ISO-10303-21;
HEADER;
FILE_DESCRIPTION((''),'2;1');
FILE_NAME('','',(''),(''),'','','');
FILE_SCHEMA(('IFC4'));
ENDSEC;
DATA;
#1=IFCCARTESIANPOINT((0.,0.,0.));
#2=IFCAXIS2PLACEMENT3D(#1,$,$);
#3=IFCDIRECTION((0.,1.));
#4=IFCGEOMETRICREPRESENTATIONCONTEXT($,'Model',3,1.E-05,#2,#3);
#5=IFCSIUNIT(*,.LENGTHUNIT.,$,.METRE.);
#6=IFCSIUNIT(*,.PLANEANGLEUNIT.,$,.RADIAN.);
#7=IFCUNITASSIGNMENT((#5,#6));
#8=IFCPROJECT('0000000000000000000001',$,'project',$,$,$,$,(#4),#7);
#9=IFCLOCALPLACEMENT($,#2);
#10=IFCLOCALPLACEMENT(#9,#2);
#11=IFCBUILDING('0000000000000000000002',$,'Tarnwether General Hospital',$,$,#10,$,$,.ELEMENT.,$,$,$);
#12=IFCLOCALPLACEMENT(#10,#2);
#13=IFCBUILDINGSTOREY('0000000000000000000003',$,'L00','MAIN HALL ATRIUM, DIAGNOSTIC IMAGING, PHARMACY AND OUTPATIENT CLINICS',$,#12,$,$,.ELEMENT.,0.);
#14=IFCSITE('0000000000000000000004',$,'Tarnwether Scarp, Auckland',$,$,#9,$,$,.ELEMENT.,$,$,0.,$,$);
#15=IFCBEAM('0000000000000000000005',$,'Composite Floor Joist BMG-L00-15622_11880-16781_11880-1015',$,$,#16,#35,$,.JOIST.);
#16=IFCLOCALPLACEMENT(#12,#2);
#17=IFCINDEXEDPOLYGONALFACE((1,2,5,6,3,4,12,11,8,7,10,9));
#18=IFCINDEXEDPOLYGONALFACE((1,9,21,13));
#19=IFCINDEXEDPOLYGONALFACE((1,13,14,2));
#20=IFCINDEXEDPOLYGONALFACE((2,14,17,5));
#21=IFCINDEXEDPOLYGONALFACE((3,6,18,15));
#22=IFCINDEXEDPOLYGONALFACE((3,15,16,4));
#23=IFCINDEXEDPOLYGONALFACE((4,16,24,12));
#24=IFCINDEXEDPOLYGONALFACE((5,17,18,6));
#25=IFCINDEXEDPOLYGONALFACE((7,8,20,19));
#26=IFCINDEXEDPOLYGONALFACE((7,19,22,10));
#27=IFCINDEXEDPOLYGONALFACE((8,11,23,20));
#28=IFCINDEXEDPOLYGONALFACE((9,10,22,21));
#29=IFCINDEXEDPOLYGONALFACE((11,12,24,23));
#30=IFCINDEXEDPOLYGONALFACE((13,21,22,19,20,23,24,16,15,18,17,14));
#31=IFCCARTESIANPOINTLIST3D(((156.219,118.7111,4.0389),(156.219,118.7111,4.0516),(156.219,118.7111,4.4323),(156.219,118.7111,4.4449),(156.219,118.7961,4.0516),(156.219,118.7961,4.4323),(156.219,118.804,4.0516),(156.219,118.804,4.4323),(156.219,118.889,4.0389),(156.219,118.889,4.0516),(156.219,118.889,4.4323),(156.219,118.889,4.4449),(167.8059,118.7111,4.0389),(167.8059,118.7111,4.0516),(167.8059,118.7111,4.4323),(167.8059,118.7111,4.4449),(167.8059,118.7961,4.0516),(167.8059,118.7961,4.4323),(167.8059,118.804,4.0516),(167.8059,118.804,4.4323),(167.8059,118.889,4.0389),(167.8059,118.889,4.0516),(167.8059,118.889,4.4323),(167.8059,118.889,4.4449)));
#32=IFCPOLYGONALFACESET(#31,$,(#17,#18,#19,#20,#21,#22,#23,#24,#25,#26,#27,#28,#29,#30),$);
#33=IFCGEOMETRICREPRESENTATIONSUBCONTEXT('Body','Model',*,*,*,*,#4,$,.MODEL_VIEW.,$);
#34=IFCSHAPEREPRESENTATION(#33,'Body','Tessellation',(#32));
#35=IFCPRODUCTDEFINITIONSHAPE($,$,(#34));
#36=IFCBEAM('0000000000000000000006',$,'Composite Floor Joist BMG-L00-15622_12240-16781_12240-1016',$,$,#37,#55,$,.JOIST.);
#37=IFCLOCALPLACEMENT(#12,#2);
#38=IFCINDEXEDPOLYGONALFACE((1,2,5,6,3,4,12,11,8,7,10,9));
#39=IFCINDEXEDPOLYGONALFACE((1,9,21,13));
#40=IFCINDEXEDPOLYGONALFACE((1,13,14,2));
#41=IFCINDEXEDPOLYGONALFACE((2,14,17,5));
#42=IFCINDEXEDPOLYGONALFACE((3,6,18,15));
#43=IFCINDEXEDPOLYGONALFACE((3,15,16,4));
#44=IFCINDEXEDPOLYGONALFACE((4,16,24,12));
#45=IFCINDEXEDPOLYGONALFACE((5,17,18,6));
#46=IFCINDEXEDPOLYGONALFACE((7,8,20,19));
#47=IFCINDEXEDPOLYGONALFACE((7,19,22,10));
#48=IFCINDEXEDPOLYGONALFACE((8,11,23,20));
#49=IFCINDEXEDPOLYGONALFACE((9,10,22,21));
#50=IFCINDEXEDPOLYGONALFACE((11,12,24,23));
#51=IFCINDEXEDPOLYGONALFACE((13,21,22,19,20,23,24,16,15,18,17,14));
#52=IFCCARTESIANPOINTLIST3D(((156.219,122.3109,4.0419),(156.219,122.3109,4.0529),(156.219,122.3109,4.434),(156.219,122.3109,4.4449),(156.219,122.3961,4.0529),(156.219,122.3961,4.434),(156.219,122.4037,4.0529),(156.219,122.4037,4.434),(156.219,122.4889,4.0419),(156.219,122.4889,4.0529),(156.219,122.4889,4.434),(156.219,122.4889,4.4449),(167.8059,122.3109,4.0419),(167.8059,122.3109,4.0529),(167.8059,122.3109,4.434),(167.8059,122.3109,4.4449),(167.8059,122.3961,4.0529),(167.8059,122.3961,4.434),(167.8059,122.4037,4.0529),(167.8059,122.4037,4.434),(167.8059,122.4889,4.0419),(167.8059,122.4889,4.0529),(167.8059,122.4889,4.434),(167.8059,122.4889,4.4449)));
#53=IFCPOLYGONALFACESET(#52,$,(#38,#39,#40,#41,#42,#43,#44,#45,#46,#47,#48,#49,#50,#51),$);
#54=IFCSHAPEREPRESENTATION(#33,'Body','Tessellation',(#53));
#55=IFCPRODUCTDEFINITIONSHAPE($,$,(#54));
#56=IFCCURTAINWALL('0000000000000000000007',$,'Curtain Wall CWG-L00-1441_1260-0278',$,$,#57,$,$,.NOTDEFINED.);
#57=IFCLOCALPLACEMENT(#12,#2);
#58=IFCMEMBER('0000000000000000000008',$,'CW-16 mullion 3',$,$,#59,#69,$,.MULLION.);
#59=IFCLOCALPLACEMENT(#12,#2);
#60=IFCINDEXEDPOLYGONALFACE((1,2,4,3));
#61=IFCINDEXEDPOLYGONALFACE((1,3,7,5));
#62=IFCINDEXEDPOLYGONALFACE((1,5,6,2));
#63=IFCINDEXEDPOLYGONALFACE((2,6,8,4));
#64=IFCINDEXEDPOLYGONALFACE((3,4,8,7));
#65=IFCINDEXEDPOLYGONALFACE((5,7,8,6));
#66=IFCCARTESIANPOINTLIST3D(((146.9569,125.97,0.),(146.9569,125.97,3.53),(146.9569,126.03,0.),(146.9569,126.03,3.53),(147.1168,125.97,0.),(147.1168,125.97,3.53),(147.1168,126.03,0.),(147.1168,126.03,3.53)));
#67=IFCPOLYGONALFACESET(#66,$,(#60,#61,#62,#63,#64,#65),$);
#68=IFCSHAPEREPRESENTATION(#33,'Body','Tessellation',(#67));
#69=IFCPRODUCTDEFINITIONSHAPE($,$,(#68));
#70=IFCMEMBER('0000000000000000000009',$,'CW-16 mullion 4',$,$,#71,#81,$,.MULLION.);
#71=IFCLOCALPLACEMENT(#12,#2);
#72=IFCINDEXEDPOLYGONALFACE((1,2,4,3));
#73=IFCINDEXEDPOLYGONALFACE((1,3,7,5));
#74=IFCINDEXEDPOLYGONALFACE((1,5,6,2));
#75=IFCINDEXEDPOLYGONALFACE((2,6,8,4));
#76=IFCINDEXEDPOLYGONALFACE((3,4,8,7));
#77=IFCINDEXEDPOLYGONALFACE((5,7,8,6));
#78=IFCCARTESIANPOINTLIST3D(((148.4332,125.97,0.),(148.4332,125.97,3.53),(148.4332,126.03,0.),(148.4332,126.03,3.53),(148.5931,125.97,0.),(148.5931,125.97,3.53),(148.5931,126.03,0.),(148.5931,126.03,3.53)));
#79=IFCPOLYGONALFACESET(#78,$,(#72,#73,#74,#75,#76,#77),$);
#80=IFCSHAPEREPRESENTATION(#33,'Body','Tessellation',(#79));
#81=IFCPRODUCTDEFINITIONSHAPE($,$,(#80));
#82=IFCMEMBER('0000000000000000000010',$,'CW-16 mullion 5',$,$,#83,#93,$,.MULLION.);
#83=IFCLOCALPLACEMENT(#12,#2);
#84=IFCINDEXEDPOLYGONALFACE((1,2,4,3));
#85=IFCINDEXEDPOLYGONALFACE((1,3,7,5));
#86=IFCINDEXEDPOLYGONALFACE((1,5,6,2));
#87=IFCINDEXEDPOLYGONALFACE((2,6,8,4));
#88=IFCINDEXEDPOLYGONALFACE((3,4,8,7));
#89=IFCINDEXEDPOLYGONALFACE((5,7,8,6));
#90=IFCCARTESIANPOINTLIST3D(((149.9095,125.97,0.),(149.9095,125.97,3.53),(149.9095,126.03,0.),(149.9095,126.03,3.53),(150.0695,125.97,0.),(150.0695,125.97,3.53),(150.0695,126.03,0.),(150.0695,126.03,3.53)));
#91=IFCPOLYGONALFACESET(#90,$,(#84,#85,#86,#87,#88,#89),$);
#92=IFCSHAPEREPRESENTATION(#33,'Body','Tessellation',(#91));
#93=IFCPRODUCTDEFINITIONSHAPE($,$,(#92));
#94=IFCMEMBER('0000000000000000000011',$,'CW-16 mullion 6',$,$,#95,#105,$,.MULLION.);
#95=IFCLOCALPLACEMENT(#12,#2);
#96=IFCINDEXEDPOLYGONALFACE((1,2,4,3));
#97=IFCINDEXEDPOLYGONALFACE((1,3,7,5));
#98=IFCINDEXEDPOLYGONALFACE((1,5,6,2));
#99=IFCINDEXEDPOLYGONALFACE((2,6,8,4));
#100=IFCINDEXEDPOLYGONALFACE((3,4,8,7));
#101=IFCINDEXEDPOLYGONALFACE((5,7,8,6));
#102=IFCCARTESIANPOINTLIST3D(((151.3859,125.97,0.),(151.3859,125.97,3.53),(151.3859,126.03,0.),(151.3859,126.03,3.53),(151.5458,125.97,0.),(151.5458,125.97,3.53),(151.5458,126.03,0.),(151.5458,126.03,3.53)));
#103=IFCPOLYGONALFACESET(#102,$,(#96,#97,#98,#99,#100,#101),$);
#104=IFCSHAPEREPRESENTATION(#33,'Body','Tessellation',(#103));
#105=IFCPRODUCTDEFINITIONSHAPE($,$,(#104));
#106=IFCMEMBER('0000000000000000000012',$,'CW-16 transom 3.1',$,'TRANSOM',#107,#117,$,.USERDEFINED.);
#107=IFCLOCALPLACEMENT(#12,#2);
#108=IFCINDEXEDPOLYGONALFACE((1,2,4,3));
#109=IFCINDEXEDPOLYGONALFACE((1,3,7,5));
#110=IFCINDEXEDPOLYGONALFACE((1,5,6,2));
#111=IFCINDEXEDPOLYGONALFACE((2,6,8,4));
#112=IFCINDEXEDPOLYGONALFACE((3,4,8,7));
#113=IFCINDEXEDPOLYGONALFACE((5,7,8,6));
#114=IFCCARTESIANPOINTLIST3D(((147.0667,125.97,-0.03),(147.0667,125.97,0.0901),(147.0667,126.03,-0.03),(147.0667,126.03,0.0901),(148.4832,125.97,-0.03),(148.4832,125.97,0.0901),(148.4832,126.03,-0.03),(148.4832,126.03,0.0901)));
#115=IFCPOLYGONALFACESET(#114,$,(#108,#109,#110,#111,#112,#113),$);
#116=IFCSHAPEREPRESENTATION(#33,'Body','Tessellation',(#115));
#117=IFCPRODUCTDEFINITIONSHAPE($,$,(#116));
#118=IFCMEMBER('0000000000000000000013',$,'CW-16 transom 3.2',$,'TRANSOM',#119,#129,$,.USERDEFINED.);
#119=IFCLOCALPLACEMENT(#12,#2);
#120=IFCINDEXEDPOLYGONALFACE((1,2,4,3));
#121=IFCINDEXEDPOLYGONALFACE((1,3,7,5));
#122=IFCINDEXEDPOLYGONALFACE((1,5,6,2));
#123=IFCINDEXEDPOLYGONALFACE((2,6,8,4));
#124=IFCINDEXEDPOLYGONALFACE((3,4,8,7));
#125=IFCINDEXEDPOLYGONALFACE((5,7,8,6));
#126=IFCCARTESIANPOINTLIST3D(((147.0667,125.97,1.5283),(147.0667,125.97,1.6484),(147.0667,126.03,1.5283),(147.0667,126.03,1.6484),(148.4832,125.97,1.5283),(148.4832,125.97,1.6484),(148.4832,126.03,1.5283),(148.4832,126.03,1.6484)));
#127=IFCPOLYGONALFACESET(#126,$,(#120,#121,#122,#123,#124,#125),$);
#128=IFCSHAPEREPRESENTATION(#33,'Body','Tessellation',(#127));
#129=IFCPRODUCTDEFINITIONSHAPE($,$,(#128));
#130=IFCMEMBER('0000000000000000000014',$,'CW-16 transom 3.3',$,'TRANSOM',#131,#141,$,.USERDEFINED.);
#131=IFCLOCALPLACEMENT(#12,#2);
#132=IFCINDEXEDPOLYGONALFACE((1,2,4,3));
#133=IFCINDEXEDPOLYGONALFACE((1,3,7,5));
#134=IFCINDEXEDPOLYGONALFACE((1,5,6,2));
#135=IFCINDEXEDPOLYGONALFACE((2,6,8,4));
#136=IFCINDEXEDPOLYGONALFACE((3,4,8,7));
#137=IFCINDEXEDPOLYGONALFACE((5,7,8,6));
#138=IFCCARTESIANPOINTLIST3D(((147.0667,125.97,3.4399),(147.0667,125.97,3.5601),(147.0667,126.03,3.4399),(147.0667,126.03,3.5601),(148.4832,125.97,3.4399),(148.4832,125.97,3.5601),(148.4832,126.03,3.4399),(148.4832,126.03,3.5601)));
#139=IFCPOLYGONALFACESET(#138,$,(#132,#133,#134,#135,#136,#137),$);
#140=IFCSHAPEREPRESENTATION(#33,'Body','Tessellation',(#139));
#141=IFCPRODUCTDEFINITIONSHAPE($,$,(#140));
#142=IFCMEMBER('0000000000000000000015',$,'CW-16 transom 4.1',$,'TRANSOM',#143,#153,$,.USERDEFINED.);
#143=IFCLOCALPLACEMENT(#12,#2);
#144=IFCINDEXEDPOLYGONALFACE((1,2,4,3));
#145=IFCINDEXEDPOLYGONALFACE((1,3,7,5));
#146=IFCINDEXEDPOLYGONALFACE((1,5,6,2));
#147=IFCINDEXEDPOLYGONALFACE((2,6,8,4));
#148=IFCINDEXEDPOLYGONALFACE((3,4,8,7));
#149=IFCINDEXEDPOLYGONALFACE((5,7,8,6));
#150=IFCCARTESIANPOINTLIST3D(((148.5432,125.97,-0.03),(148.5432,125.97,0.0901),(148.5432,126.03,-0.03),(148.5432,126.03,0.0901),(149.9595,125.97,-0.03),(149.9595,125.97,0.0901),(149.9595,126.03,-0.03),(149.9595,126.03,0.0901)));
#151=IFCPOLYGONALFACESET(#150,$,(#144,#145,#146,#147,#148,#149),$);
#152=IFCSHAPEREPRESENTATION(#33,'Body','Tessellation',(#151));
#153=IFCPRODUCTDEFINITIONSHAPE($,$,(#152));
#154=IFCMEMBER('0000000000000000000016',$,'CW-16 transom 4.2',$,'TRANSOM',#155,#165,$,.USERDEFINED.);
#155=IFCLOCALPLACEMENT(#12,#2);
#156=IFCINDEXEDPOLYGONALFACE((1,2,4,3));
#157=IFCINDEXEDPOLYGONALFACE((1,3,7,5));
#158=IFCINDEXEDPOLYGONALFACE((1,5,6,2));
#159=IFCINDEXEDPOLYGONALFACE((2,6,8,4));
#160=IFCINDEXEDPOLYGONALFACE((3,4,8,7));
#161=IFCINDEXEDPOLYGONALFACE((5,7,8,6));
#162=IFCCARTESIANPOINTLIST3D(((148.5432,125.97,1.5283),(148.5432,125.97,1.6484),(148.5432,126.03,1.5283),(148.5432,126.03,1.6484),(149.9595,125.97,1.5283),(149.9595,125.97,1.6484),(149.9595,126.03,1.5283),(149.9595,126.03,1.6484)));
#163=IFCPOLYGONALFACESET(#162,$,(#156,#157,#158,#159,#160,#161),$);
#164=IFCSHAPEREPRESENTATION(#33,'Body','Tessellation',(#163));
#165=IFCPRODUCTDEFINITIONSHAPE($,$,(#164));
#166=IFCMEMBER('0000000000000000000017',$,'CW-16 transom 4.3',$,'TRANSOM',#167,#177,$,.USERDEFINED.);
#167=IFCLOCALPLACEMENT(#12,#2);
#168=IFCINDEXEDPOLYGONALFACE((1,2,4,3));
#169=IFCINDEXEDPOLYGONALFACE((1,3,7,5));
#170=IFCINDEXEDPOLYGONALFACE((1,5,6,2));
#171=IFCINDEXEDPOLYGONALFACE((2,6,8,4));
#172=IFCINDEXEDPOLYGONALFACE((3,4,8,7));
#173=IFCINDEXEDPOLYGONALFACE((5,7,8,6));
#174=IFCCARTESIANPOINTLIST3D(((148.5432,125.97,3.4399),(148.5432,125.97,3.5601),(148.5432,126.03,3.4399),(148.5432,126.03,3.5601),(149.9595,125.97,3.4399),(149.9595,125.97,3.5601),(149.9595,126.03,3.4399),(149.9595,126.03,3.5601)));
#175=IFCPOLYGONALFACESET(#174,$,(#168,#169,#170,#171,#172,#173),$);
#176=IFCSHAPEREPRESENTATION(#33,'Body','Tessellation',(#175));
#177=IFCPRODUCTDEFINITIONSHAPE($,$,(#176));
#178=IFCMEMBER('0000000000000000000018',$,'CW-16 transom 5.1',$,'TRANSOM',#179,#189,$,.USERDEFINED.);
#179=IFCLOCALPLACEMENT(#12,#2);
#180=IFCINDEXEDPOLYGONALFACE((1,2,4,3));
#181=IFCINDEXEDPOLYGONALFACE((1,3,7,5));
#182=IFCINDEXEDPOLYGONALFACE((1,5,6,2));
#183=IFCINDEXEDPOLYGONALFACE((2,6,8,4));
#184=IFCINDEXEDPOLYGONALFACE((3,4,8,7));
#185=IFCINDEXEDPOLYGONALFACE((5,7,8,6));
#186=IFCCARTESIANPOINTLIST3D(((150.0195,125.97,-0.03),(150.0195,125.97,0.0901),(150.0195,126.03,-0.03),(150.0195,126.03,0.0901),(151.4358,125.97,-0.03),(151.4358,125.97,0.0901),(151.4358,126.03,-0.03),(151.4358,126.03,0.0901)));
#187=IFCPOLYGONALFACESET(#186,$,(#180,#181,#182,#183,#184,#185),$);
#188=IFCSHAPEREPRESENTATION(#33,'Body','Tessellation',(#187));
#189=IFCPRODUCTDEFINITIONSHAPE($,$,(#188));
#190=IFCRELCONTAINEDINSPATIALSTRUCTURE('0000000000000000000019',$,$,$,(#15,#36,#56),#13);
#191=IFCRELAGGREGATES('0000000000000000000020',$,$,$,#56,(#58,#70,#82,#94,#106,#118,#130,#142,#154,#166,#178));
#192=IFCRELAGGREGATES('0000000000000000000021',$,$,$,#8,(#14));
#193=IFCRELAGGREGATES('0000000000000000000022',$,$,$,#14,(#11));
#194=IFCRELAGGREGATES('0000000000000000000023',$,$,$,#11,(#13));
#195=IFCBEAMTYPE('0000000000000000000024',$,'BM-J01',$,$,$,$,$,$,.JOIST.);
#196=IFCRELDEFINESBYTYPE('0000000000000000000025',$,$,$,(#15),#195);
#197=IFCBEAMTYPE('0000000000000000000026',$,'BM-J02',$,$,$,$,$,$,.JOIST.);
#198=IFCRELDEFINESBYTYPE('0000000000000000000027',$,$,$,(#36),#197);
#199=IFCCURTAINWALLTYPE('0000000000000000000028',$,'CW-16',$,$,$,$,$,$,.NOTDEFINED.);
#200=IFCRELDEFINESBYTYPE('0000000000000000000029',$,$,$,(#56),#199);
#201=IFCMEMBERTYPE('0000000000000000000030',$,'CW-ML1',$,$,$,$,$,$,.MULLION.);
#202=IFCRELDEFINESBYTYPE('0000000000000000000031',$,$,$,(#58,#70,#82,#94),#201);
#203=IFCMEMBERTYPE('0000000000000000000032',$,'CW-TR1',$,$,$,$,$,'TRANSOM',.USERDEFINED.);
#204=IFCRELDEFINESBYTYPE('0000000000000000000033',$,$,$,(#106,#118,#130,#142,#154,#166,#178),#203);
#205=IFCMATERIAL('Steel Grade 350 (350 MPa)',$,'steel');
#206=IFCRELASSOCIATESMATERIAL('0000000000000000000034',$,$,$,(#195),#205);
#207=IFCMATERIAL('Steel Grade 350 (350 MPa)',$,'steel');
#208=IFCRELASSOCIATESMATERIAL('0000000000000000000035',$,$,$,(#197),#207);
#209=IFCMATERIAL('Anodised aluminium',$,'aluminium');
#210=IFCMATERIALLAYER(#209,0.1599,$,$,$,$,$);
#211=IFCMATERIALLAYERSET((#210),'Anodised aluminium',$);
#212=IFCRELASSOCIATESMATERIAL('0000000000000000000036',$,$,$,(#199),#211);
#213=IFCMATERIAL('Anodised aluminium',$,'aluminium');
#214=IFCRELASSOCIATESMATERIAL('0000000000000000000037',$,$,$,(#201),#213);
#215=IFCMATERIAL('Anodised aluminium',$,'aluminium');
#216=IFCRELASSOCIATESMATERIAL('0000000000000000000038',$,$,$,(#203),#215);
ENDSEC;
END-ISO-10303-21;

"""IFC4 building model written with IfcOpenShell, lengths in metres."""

from ifc_helpers import new_model, si_unit, direction, frame, origin, origin_2d, place, context, subcontext, project, spatial, rectangle, i_section, extrude, material, layer, layer_set, material_profile, profile_set, type_object, element, aggregate, save


model = new_model("IFC4")

# Units and contexts
model_context = context("Model", 3, precision=1e-05, world=origin(), true_north=direction((0.0, 1.0)))
body_context = subcontext(model_context, "Body", "Model", "MODEL_VIEW")
ifc_project = project(units=[si_unit("LENGTHUNIT", "METRE"), si_unit("PLANEANGLEUNIT", "RADIAN")], contexts=[model_context])

# Site, building, storey
site_placement = place(None, origin())
site = spatial("IfcSite", under=ifc_project, at=site_placement, Name="Tarnwether Scarp, Auckland", CompositionType="ELEMENT", RefElevation=0.0)
building_placement = place(site_placement, origin())
building = spatial("IfcBuilding", under=site, at=building_placement, Name="Tarnwether General Hospital", CompositionType="ELEMENT")
storey_placement = place(building_placement, origin())
storey = spatial("IfcBuildingStorey", under=building, at=storey_placement, Name="L00", Description="MAIN HALL ATRIUM, DIAGNOSTIC IMAGING, PHARMACY AND OUTPATIENT CLINICS", CompositionType="ELEMENT", Elevation=0.0)

# Beams
ifc_material_1 = material(Name="Steel Grade 350 (350 MPa)", Category="steel")
ifc_material_profile_1 = material_profile(ifc_material_1, i_section(OverallWidth=0.178, OverallDepth=0.406, WebThickness=0.0078, FlangeThickness=0.0127, at=origin_2d()), Name="410UB59.7")
ifc_profile_set_1 = profile_set([ifc_material_profile_1], Name="Steel Grade 350 (350 MPa)")
beam_type_1 = type_object("IfcBeamType", Name="BM-J01", PredefinedType="JOIST", material=ifc_profile_set_1)
beam_1_placement = place(storey_placement, frame((156.219, 118.8, 4.2419), z_axis=(1.0, 0.0, 0.0), x_axis=(0.0, 1.0, 0.0)))
element("IfcBeam", 1, at=beam_1_placement, inside=storey, type_object=beam_type_1, Name="Composite Floor Joist BMG-L00-15622_11880-16781_11880-1015", PredefinedType="JOIST", context=body_context, shape_type="SweptSolid", body=[
    extrude(i_section(OverallWidth=0.178, OverallDepth=0.406, WebThickness=0.0078, FlangeThickness=0.0127, at=origin_2d()), origin(), (0.0, 0.0, 1.0), 11.5869),
])
ifc_material_2 = material(Name="Steel Grade 350 (350 MPa)", Category="steel")
ifc_material_profile_2 = material_profile(ifc_material_2, i_section(OverallWidth=0.178, OverallDepth=0.4031, WebThickness=0.0076, FlangeThickness=0.011, at=origin_2d()), Name="410UB53.7")
ifc_profile_set_2 = profile_set([ifc_material_profile_2], Name="Steel Grade 350 (350 MPa)")
beam_type_2 = type_object("IfcBeamType", Name="BM-J02", PredefinedType="JOIST", material=ifc_profile_set_2)
beam_2_placement = place(storey_placement, frame((156.219, 122.3999, 4.2434), z_axis=(1.0, 0.0, 0.0), x_axis=(0.0, 1.0, 0.0)))
element("IfcBeam", 2, at=beam_2_placement, inside=storey, type_object=beam_type_2, Name="Composite Floor Joist BMG-L00-15622_12240-16781_12240-1016", PredefinedType="JOIST", context=body_context, shape_type="SweptSolid", body=[
    extrude(i_section(OverallWidth=0.178, OverallDepth=0.4031, WebThickness=0.0076, FlangeThickness=0.011, at=origin_2d()), origin(), (0.0, 0.0, 1.0), 11.5869),
])

# Curtain wall, members
ifc_material_3 = material(Name="Anodised aluminium", Category="aluminium")
ifc_layer_1 = layer(ifc_material_3, 0.1599)
ifc_layer_set_1 = layer_set([ifc_layer_1], Name="Anodised aluminium")
curtain_wall_type = type_object("IfcCurtainWallType", Name="CW-16", PredefinedType="NOTDEFINED", material=ifc_layer_set_1)
curtain_wall_placement = place(storey_placement, origin())
curtain_wall = element("IfcCurtainWall", 3, at=curtain_wall_placement, inside=storey, type_object=curtain_wall_type, Name="Curtain Wall CWG-L00-1441_1260-0278", PredefinedType="NOTDEFINED")
ifc_material_4 = material(Name="Anodised aluminium", Category="aluminium")
ifc_material_profile_3 = material_profile(ifc_material_4, rectangle(XDim=0.0601, YDim=0.1599, at=origin_2d()), Name="ALU-MUL-60x160")
ifc_profile_set_3 = profile_set([ifc_material_profile_3], Name="Anodised aluminium")
member_type_1 = type_object("IfcMemberType", Name="CW-ML1", PredefinedType="MULLION", material=ifc_profile_set_3)
member_1_placement = place(storey_placement, frame((147.0369, 126.0, 0.0), z_axis=(0.0, 0.0, 1.0), x_axis=(0.0, 1.0, 0.0)))
member_1 = element("IfcMember", 4, at=member_1_placement, type_object=member_type_1, Name="CW-16 mullion 3", PredefinedType="MULLION", context=body_context, shape_type="SweptSolid", body=[
    extrude(rectangle(XDim=0.0601, YDim=0.1599, at=origin_2d()), origin(), (0.0, 0.0, 1.0), 3.53),
])
member_2_placement = place(storey_placement, frame((148.5132, 126.0, 0.0), z_axis=(0.0, 0.0, 1.0), x_axis=(0.0, 1.0, 0.0)))
member_2 = element("IfcMember", 5, at=member_2_placement, type_object=member_type_1, Name="CW-16 mullion 4", PredefinedType="MULLION", context=body_context, shape_type="SweptSolid", body=[
    extrude(rectangle(XDim=0.0601, YDim=0.1599, at=origin_2d()), origin(), (0.0, 0.0, 1.0), 3.53),
])
member_3_placement = place(storey_placement, frame((149.9895, 126.0, 0.0), z_axis=(0.0, 0.0, 1.0), x_axis=(0.0, 1.0, 0.0)))
member_3 = element("IfcMember", 6, at=member_3_placement, type_object=member_type_1, Name="CW-16 mullion 5", PredefinedType="MULLION", context=body_context, shape_type="SweptSolid", body=[
    extrude(rectangle(XDim=0.0601, YDim=0.1599, at=origin_2d()), origin(), (0.0, 0.0, 1.0), 3.53),
])
member_4_placement = place(storey_placement, frame((151.4658, 126.0, 0.0), z_axis=(0.0, 0.0, 1.0), x_axis=(0.0, 1.0, 0.0)))
member_4 = element("IfcMember", 7, at=member_4_placement, type_object=member_type_1, Name="CW-16 mullion 6", PredefinedType="MULLION", context=body_context, shape_type="SweptSolid", body=[
    extrude(rectangle(XDim=0.0601, YDim=0.1599, at=origin_2d()), origin(), (0.0, 0.0, 1.0), 3.53),
])
ifc_material_5 = material(Name="Anodised aluminium", Category="aluminium")
ifc_material_profile_4 = material_profile(ifc_material_5, rectangle(XDim=0.0601, YDim=0.1201, at=origin_2d()), Name="ALU-TRN-60x120")
ifc_profile_set_4 = profile_set([ifc_material_profile_4], Name="Anodised aluminium")
member_type_2 = type_object("IfcMemberType", Name="CW-TR1", ElementType="TRANSOM", PredefinedType="USERDEFINED", material=ifc_profile_set_4)
member_5_placement = place(storey_placement, frame((147.0667, 126.0, 0.03), z_axis=(1.0, 0.0, 0.0), x_axis=(0.0, 1.0, 0.0)))
member_5 = element("IfcMember", 8, at=member_5_placement, type_object=member_type_2, Name="CW-16 transom 3.1", ObjectType="TRANSOM", PredefinedType="USERDEFINED", context=body_context, shape_type="SweptSolid", body=[
    extrude(rectangle(XDim=0.0601, YDim=0.1201, at=origin_2d()), origin(), (0.0, 0.0, 1.0), 1.4165),
])
member_6_placement = place(storey_placement, frame((147.0667, 126.0, 1.5884), z_axis=(1.0, 0.0, 0.0), x_axis=(0.0, 1.0, 0.0)))
member_6 = element("IfcMember", 9, at=member_6_placement, type_object=member_type_2, Name="CW-16 transom 3.2", ObjectType="TRANSOM", PredefinedType="USERDEFINED", context=body_context, shape_type="SweptSolid", body=[
    extrude(rectangle(XDim=0.0601, YDim=0.1201, at=origin_2d()), origin(), (0.0, 0.0, 1.0), 1.4165),
])
member_7_placement = place(storey_placement, frame((147.0667, 126.0, 3.5), z_axis=(1.0, 0.0, 0.0), x_axis=(0.0, 1.0, 0.0)))
member_7 = element("IfcMember", 10, at=member_7_placement, type_object=member_type_2, Name="CW-16 transom 3.3", ObjectType="TRANSOM", PredefinedType="USERDEFINED", context=body_context, shape_type="SweptSolid", body=[
    extrude(rectangle(XDim=0.0601, YDim=0.1201, at=origin_2d()), origin(), (0.0, 0.0, 1.0), 1.4165),
])
member_8_placement = place(storey_placement, frame((148.5432, 126.0, 0.03), z_axis=(1.0, 0.0, 0.0), x_axis=(0.0, 1.0, 0.0)))
member_8 = element("IfcMember", 11, at=member_8_placement, type_object=member_type_2, Name="CW-16 transom 4.1", ObjectType="TRANSOM", PredefinedType="USERDEFINED", context=body_context, shape_type="SweptSolid", body=[
    extrude(rectangle(XDim=0.0601, YDim=0.1201, at=origin_2d()), origin(), (0.0, 0.0, 1.0), 1.4163),
])
member_9_placement = place(storey_placement, frame((148.5432, 126.0, 1.5884), z_axis=(1.0, 0.0, 0.0), x_axis=(0.0, 1.0, 0.0)))
member_9 = element("IfcMember", 12, at=member_9_placement, type_object=member_type_2, Name="CW-16 transom 4.2", ObjectType="TRANSOM", PredefinedType="USERDEFINED", context=body_context, shape_type="SweptSolid", body=[
    extrude(rectangle(XDim=0.0601, YDim=0.1201, at=origin_2d()), origin(), (0.0, 0.0, 1.0), 1.4163),
])
member_10_placement = place(storey_placement, frame((148.5432, 126.0, 3.5), z_axis=(1.0, 0.0, 0.0), x_axis=(0.0, 1.0, 0.0)))
member_10 = element("IfcMember", 13, at=member_10_placement, type_object=member_type_2, Name="CW-16 transom 4.3", ObjectType="TRANSOM", PredefinedType="USERDEFINED", context=body_context, shape_type="SweptSolid", body=[
    extrude(rectangle(XDim=0.0601, YDim=0.1201, at=origin_2d()), origin(), (0.0, 0.0, 1.0), 1.4163),
])
member_11_placement = place(storey_placement, frame((150.0195, 126.0, 0.03), z_axis=(1.0, 0.0, 0.0), x_axis=(0.0, 1.0, 0.0)))
member_11 = element("IfcMember", 14, at=member_11_placement, type_object=member_type_2, Name="CW-16 transom 5.1", ObjectType="TRANSOM", PredefinedType="USERDEFINED", context=body_context, shape_type="SweptSolid", body=[
    extrude(rectangle(XDim=0.0601, YDim=0.1201, at=origin_2d()), origin(), (0.0, 0.0, 1.0), 1.4163),
])
aggregate(curtain_wall, [member_1, member_2, member_3, member_4, member_5, member_6, member_7, member_8, member_9, member_10, member_11])

save(model, "model.ifc")
